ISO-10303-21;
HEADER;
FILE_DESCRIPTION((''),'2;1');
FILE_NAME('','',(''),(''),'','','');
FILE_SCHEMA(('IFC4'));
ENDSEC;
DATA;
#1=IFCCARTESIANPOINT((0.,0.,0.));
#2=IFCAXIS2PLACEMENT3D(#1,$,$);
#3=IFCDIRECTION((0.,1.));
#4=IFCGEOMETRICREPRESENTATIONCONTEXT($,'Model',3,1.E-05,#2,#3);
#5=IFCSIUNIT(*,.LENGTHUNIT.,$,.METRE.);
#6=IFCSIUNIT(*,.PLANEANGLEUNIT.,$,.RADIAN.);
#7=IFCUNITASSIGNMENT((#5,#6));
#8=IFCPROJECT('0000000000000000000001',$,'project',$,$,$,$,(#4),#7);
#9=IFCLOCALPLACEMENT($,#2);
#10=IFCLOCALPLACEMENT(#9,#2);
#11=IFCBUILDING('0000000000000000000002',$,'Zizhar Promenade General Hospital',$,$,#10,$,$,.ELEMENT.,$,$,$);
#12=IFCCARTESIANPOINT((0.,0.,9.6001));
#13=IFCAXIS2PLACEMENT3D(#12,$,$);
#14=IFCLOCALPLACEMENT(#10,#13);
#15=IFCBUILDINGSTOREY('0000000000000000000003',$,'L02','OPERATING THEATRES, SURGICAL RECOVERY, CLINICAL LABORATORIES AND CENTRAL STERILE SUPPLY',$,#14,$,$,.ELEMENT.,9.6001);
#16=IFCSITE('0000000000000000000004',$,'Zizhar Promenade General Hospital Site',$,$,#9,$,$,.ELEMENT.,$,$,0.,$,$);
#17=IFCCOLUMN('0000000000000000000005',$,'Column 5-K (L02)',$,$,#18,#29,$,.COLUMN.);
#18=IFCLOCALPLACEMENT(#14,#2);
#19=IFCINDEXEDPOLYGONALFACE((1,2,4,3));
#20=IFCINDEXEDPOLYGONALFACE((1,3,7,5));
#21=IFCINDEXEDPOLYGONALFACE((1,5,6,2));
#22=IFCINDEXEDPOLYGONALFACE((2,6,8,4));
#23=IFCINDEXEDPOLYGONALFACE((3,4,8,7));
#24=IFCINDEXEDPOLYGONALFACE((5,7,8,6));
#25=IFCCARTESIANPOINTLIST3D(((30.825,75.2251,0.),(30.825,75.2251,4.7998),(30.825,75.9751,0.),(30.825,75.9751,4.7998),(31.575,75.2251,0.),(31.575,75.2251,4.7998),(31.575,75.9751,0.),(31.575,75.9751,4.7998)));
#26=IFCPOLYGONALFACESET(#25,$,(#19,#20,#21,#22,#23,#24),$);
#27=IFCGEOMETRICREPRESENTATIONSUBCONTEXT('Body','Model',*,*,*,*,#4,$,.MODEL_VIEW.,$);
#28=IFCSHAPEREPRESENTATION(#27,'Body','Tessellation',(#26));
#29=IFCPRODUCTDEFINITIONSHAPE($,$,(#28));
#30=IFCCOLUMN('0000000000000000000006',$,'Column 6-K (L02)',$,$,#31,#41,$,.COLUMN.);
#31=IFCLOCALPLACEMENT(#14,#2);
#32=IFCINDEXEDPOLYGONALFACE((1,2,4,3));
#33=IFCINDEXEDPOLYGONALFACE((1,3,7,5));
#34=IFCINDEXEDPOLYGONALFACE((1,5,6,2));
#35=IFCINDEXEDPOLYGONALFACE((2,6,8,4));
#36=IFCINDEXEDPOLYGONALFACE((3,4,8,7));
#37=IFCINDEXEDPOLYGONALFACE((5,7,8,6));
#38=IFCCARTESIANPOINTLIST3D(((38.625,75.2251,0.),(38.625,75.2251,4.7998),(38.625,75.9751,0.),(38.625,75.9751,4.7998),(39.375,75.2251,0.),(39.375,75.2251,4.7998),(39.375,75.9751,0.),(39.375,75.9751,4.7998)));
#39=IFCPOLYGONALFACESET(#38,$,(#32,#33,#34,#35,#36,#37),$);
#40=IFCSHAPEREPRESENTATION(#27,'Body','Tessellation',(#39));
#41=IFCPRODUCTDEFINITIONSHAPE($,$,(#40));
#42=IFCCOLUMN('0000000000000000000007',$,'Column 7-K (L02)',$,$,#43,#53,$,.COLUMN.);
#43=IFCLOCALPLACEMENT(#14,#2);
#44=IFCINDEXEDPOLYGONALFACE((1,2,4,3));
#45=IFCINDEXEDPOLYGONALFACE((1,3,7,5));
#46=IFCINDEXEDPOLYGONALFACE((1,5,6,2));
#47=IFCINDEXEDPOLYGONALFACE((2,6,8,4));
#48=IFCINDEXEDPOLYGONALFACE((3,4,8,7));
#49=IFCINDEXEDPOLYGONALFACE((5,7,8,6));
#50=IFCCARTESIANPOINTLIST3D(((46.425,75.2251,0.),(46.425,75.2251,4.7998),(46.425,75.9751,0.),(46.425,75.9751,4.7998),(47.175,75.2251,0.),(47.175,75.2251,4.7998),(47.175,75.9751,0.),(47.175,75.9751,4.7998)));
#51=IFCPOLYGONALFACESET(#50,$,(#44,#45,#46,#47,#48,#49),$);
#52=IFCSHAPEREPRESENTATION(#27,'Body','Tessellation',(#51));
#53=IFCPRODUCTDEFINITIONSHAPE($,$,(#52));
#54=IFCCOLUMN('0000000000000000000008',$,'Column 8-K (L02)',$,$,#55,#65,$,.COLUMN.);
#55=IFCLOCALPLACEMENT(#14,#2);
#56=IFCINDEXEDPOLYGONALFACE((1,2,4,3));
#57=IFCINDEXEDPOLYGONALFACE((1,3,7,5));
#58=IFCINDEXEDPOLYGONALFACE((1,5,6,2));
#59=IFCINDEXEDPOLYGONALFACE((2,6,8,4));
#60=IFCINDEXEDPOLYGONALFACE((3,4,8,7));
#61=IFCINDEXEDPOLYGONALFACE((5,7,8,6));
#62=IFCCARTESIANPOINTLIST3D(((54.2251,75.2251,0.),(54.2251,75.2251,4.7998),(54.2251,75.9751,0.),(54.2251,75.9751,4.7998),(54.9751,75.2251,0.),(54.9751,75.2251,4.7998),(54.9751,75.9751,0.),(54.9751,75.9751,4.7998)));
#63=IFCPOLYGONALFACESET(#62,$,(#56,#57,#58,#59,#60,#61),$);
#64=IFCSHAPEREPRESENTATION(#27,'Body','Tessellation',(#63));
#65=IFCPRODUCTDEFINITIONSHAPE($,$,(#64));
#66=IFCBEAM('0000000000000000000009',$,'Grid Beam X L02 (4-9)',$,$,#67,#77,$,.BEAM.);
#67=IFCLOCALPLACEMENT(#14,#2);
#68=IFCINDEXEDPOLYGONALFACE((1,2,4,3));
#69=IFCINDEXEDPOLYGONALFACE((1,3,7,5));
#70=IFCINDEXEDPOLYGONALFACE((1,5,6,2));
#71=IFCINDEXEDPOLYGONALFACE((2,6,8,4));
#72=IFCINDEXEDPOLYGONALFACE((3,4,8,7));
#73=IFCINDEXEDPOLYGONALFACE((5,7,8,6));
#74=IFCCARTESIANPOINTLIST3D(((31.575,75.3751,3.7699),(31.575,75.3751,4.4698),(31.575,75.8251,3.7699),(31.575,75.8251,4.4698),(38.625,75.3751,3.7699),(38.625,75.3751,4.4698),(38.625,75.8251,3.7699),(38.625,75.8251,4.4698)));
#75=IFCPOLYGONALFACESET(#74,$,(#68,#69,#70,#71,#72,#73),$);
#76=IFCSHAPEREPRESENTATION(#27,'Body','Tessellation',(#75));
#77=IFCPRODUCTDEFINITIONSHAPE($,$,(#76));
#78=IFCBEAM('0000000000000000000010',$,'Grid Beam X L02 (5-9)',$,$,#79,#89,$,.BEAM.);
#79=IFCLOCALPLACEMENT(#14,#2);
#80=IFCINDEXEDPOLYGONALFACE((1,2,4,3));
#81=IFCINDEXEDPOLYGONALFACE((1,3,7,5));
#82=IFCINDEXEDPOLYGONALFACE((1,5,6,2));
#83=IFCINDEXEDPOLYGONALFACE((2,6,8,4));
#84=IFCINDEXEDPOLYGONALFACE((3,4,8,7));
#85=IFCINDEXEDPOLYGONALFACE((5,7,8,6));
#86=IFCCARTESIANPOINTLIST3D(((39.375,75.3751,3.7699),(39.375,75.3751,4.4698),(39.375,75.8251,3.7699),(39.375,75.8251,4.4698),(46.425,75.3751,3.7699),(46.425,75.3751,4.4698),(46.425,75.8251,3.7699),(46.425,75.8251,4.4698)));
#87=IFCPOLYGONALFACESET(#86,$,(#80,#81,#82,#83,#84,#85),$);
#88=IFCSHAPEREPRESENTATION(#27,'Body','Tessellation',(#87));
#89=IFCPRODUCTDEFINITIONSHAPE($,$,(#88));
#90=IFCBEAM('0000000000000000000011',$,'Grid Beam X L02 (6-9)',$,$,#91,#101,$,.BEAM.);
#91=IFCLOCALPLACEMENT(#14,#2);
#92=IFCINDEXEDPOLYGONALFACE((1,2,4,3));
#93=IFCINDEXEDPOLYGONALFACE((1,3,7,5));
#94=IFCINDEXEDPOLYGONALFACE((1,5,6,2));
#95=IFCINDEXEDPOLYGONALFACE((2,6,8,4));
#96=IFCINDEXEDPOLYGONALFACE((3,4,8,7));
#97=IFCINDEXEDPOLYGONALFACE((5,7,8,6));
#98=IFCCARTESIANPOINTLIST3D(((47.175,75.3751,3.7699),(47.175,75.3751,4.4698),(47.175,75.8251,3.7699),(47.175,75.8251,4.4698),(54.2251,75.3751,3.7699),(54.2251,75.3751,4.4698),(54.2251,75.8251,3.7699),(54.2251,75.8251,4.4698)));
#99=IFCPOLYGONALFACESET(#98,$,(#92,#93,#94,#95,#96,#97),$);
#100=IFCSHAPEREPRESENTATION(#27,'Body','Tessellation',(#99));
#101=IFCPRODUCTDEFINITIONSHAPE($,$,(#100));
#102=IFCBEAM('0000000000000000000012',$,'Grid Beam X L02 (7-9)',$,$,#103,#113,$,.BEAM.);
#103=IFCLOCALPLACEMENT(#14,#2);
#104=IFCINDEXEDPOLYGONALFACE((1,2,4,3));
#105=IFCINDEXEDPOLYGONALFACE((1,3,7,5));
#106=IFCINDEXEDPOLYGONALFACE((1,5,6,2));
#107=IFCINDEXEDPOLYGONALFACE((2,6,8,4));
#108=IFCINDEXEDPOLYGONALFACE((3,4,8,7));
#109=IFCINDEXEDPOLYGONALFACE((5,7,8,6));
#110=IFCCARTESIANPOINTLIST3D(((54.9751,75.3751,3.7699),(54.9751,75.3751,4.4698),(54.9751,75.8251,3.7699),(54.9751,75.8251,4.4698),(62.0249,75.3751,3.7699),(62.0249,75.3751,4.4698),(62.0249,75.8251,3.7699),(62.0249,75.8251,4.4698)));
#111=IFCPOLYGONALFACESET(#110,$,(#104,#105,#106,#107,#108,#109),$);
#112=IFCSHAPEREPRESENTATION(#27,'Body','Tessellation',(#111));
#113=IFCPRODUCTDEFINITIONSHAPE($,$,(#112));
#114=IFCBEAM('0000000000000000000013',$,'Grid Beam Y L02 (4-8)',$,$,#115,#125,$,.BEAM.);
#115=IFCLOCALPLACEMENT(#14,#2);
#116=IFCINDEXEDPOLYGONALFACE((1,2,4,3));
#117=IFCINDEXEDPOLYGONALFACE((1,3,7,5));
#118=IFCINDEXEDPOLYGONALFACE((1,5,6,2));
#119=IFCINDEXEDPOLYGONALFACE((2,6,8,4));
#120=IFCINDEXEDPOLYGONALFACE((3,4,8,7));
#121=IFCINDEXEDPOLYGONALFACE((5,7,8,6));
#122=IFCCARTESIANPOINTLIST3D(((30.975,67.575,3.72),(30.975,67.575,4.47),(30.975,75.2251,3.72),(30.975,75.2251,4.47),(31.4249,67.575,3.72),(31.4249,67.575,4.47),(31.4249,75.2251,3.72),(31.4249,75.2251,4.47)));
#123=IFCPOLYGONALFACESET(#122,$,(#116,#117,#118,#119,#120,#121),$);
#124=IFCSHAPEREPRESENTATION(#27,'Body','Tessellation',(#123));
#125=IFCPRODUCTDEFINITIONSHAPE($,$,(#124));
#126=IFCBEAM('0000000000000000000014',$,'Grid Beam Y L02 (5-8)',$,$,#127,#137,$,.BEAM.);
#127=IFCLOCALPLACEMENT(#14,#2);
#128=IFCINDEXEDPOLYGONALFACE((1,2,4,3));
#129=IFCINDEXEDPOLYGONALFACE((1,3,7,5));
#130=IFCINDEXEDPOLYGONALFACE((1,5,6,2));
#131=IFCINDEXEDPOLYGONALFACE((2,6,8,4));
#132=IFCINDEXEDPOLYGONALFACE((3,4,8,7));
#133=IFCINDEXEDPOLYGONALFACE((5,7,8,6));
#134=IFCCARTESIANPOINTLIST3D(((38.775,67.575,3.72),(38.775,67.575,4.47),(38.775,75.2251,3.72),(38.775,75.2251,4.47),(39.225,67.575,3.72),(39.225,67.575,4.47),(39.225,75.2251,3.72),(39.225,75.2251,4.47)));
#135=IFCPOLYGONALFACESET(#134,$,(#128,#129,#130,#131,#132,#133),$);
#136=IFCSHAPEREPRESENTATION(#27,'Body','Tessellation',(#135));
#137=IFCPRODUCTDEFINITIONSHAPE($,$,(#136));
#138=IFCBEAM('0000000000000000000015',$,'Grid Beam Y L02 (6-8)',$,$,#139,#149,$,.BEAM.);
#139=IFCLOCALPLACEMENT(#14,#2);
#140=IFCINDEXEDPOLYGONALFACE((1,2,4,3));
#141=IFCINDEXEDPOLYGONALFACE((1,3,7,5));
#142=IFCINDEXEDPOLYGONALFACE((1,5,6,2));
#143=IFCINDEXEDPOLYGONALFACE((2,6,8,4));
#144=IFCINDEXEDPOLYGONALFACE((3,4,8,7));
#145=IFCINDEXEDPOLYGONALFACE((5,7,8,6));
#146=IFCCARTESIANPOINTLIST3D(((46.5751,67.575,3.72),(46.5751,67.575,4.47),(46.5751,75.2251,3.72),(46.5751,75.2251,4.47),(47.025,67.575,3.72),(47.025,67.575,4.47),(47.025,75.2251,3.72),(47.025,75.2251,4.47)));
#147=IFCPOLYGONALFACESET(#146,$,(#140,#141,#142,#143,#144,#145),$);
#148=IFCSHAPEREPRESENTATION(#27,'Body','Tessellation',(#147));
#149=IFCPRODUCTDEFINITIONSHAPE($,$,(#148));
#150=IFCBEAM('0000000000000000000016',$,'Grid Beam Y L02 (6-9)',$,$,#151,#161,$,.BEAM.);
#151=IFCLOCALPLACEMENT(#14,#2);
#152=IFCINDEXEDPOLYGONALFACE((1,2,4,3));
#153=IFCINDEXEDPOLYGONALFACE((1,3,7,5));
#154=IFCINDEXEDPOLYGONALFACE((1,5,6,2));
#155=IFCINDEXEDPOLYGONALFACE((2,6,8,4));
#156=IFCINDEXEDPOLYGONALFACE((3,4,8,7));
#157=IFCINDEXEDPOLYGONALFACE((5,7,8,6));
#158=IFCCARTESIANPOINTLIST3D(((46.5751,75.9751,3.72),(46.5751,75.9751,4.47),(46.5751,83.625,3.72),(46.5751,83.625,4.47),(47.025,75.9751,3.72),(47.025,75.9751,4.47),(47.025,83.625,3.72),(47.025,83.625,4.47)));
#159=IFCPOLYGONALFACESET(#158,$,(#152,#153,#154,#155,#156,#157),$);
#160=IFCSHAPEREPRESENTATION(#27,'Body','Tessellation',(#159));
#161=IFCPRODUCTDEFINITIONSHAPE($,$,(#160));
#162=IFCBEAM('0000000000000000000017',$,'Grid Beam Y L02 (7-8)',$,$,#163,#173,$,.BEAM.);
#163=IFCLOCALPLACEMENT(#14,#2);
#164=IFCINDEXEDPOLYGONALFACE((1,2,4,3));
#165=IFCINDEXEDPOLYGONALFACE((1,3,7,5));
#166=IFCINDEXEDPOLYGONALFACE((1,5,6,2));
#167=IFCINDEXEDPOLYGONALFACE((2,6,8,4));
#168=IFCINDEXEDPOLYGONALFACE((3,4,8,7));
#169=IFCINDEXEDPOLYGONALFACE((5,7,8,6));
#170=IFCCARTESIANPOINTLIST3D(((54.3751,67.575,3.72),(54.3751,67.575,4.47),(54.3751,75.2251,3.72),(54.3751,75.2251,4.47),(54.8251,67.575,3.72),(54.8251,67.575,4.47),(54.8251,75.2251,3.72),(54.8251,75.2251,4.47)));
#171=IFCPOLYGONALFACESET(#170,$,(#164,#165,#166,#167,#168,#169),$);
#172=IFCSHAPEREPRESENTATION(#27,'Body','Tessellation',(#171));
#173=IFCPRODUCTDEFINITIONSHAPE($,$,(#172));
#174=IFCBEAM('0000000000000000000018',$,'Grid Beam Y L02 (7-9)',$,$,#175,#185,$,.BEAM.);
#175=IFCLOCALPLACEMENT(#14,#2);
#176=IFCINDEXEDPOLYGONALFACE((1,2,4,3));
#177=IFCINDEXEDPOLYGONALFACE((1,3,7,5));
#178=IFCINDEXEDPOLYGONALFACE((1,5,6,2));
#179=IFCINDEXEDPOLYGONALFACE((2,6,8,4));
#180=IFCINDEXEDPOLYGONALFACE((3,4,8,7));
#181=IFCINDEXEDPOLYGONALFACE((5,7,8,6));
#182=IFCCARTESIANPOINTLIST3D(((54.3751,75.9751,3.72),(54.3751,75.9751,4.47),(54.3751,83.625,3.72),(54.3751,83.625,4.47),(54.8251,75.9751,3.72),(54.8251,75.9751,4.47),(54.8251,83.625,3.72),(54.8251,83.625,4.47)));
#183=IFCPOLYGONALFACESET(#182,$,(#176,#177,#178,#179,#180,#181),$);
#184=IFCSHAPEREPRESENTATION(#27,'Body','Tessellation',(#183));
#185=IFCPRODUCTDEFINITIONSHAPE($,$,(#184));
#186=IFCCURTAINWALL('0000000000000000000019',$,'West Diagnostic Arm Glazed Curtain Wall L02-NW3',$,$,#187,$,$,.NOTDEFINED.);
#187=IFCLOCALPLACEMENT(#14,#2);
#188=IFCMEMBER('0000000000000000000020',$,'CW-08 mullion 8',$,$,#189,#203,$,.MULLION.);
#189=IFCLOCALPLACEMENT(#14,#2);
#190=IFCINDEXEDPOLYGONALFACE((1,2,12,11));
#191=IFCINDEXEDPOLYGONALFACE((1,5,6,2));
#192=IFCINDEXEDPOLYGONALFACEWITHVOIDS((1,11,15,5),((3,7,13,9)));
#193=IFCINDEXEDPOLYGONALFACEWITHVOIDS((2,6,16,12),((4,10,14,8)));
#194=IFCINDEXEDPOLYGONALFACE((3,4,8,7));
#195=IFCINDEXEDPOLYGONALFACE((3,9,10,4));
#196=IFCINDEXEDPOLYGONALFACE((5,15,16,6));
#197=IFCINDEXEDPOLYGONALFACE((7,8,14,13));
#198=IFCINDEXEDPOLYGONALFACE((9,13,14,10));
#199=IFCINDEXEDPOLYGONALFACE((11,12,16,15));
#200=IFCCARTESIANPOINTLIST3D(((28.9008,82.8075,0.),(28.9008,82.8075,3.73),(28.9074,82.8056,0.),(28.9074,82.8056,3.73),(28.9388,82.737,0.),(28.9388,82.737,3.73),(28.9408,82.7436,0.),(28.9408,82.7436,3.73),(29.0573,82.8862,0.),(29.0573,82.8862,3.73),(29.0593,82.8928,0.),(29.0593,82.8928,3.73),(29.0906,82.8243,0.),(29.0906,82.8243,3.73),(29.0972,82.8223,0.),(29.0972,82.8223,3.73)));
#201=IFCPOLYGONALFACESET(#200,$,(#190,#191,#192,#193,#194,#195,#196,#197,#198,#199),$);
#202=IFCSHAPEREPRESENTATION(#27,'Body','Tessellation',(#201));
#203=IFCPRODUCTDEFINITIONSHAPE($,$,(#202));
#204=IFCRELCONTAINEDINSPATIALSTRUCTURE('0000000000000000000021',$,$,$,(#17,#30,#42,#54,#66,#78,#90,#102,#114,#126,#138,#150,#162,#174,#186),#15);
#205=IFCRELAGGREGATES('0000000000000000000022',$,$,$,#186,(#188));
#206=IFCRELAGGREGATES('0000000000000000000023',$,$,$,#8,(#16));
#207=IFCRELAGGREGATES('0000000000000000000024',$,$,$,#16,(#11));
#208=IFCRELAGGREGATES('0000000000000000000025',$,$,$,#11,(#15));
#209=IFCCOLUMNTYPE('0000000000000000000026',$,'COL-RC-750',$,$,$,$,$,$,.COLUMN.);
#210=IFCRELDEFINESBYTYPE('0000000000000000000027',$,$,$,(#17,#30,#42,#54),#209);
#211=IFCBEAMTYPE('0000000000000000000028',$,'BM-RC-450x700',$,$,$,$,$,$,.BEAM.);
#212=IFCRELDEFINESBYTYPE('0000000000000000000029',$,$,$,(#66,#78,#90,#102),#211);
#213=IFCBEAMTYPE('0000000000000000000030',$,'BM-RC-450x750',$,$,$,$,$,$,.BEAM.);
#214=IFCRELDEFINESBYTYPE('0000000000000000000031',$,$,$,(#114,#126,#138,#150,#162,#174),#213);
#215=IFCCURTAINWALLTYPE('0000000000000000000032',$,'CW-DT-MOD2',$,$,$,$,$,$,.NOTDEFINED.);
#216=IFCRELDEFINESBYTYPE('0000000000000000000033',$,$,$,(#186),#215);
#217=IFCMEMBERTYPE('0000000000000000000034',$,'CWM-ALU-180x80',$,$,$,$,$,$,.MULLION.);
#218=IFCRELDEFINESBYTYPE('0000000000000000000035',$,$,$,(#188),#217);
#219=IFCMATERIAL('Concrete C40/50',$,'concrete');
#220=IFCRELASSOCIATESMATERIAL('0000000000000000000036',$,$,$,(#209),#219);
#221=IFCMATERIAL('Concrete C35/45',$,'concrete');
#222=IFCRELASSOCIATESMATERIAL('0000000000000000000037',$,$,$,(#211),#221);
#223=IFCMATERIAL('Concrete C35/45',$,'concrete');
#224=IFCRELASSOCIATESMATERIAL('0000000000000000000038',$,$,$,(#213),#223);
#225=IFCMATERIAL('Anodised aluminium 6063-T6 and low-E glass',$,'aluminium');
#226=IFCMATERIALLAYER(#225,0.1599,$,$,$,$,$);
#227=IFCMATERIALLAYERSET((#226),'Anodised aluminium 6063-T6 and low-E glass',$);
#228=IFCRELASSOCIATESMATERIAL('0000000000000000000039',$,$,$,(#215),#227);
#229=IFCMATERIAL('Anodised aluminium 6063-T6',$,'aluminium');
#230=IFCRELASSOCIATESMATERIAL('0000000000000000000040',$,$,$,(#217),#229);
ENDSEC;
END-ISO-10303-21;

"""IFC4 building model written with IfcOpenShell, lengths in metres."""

from ifc_helpers import new_model, si_unit, direction, frame, origin, origin_2d, place, context, subcontext, project, spatial, rectangle, hollow_rectangle, extrude, material, layer, layer_set, material_profile, profile_set, type_object, element, aggregate, save


model = new_model("IFC4")

# Units and contexts
model_context = context("Model", 3, precision=1e-05, world=origin(), true_north=direction((0.0, 1.0)))
body_context = subcontext(model_context, "Body", "Model", "MODEL_VIEW")
ifc_project = project(units=[si_unit("LENGTHUNIT", "METRE"), si_unit("PLANEANGLEUNIT", "RADIAN")], contexts=[model_context])

# Site, building, storey
site_placement = place(None, origin())
site = spatial("IfcSite", under=ifc_project, at=site_placement, Name="Zizhar Promenade General Hospital Site", CompositionType="ELEMENT", RefElevation=0.0)
building_placement = place(site_placement, origin())
building = spatial("IfcBuilding", under=site, at=building_placement, Name="Zizhar Promenade General Hospital", CompositionType="ELEMENT")
storey_placement = place(building_placement, frame((0.0, 0.0, 9.6001)))
storey = spatial("IfcBuildingStorey", under=building, at=storey_placement, Name="L02", Description="OPERATING THEATRES, SURGICAL RECOVERY, CLINICAL LABORATORIES AND CENTRAL STERILE SUPPLY", CompositionType="ELEMENT", Elevation=9.6001)

# Columns
ifc_material_1 = material(Name="Concrete C40/50", Category="concrete")
ifc_material_profile_1 = material_profile(ifc_material_1, rectangle(XDim=0.75, YDim=0.75, at=origin_2d()))
ifc_profile_set_1 = profile_set([ifc_material_profile_1], Name="Concrete C40/50")
column_type = type_object("IfcColumnType", Name="COL-RC-750", PredefinedType="COLUMN", material=ifc_profile_set_1)
for number, where, z_axis, x_axis, name in (
    (1, (31.2, 75.6001, 0.0), (0.0, 0.0, 1.0), (1.0, 0.0, 0.0), "Column 5-K (L02)"),
    (2, (39.0, 75.6001, 0.0), (0.0, 0.0, 1.0), (1.0, 0.0, 0.0), "Column 6-K (L02)"),
    (3, (46.8, 75.6001, 0.0), (0.0, 0.0, 1.0), (1.0, 0.0, 0.0), "Column 7-K (L02)"),
    (4, (54.6001, 75.6001, 0.0), (0.0, 0.0, 1.0), (1.0, 0.0, 0.0), "Column 8-K (L02)"),
):
    element("IfcColumn", number, at=place(storey_placement, frame(where, z_axis=z_axis, x_axis=x_axis)), inside=storey, type_object=column_type, Name=name, PredefinedType="COLUMN", context=body_context, shape_type="SweptSolid", body=[
        extrude(rectangle(XDim=0.75, YDim=0.75, at=origin_2d()), origin(), (0.0, 0.0, 1.0), 4.7998),
    ])

# Beams
ifc_material_2 = material(Name="Concrete C35/45", Category="concrete")
ifc_material_profile_2 = material_profile(ifc_material_2, rectangle(XDim=0.45, YDim=0.7, at=origin_2d()))
ifc_profile_set_2 = profile_set([ifc_material_profile_2], Name="Concrete C35/45")
beam_type_1 = type_object("IfcBeamType", Name="BM-RC-450x700", PredefinedType="BEAM", material=ifc_profile_set_2)
for number, where, z_axis, x_axis, name in (
    (5, (31.575, 75.6001, 4.1199), (1.0, 0.0, 0.0), (0.0, 1.0, 0.0), "Grid Beam X L02 (4-9)"),
    (6, (39.375, 75.6001, 4.1199), (1.0, 0.0, 0.0), (0.0, 1.0, 0.0), "Grid Beam X L02 (5-9)"),
    (7, (47.175, 75.6001, 4.1199), (1.0, 0.0, 0.0), (0.0, 1.0, 0.0), "Grid Beam X L02 (6-9)"),
):
    element("IfcBeam", number, at=place(storey_placement, frame(where, z_axis=z_axis, x_axis=x_axis)), inside=storey, type_object=beam_type_1, Name=name, PredefinedType="BEAM", context=body_context, shape_type="SweptSolid", body=[
        extrude(rectangle(XDim=0.45, YDim=0.7, at=origin_2d()), origin(), (0.0, 0.0, 1.0), 7.05),
    ])
beam_1_placement = place(storey_placement, frame((54.9751, 75.6001, 4.1199), z_axis=(1.0, 0.0, 0.0), x_axis=(0.0, 1.0, 0.0)))
element("IfcBeam", 8, at=beam_1_placement, inside=storey, type_object=beam_type_1, Name="Grid Beam X L02 (7-9)", PredefinedType="BEAM", context=body_context, shape_type="SweptSolid", body=[
    extrude(rectangle(XDim=0.45, YDim=0.7, at=origin_2d()), origin(), (0.0, 0.0, 1.0), 7.0498),
])
ifc_material_3 = material(Name="Concrete C35/45", Category="concrete")
ifc_material_profile_3 = material_profile(ifc_material_3, rectangle(XDim=0.45, YDim=0.75, at=origin_2d()))
ifc_profile_set_3 = profile_set([ifc_material_profile_3], Name="Concrete C35/45")
beam_type_2 = type_object("IfcBeamType", Name="BM-RC-450x750", PredefinedType="BEAM", material=ifc_profile_set_3)
for number, where, z_axis, x_axis, name in (
    (9, (31.2, 67.575, 4.095), (0.0, 1.0, 0.0), (-1.0, 0.0, 0.0), "Grid Beam Y L02 (4-8)"),
    (10, (39.0, 67.575, 4.095), (0.0, 1.0, 0.0), (-1.0, 0.0, 0.0), "Grid Beam Y L02 (5-8)"),
    (11, (46.8, 67.575, 4.095), (0.0, 1.0, 0.0), (-1.0, 0.0, 0.0), "Grid Beam Y L02 (6-8)"),
):
    element("IfcBeam", number, at=place(storey_placement, frame(where, z_axis=z_axis, x_axis=x_axis)), inside=storey, type_object=beam_type_2, Name=name, PredefinedType="BEAM", context=body_context, shape_type="SweptSolid", body=[
        extrude(rectangle(XDim=0.45, YDim=0.75, at=origin_2d()), origin(), (0.0, 0.0, 1.0), 7.6501),
    ])
beam_2_placement = place(storey_placement, frame((46.8, 75.9751, 4.095), z_axis=(0.0, 1.0, 0.0), x_axis=(-1.0, 0.0, 0.0)))
element("IfcBeam", 12, at=beam_2_placement, inside=storey, type_object=beam_type_2, Name="Grid Beam Y L02 (6-9)", PredefinedType="BEAM", context=body_context, shape_type="SweptSolid", body=[
    extrude(rectangle(XDim=0.45, YDim=0.75, at=origin_2d()), origin(), (0.0, 0.0, 1.0), 7.6499),
])
beam_3_placement = place(storey_placement, frame((54.6001, 67.575, 4.095), z_axis=(0.0, 1.0, 0.0), x_axis=(-1.0, 0.0, 0.0)))
element("IfcBeam", 13, at=beam_3_placement, inside=storey, type_object=beam_type_2, Name="Grid Beam Y L02 (7-8)", PredefinedType="BEAM", context=body_context, shape_type="SweptSolid", body=[
    extrude(rectangle(XDim=0.45, YDim=0.75, at=origin_2d()), origin(), (0.0, 0.0, 1.0), 7.6501),
])
beam_4_placement = place(storey_placement, frame((54.6001, 75.9751, 4.095), z_axis=(0.0, 1.0, 0.0), x_axis=(-1.0, 0.0, 0.0)))
element("IfcBeam", 14, at=beam_4_placement, inside=storey, type_object=beam_type_2, Name="Grid Beam Y L02 (7-9)", PredefinedType="BEAM", context=body_context, shape_type="SweptSolid", body=[
    extrude(rectangle(XDim=0.45, YDim=0.75, at=origin_2d()), origin(), (0.0, 0.0, 1.0), 7.6499),
])

# Curtain wall, member
ifc_material_4 = material(Name="Anodised aluminium 6063-T6 and low-E glass", Category="aluminium")
ifc_layer_1 = layer(ifc_material_4, 0.1599)
ifc_layer_set_1 = layer_set([ifc_layer_1], Name="Anodised aluminium 6063-T6 and low-E glass")
curtain_wall_type = type_object("IfcCurtainWallType", Name="CW-DT-MOD2", PredefinedType="NOTDEFINED", material=ifc_layer_set_1)
curtain_wall_1_placement = place(storey_placement, origin())
curtain_wall_1 = element("IfcCurtainWall", 15, at=curtain_wall_1_placement, inside=storey, type_object=curtain_wall_type, Name="West Diagnostic Arm Glazed Curtain Wall L02-NW3", PredefinedType="NOTDEFINED")
ifc_material_5 = material(Name="Anodised aluminium 6063-T6", Category="aluminium")
ifc_material_profile_4 = material_profile(ifc_material_5, hollow_rectangle(XDim=0.0801, YDim=0.1799, WallThickness=0.0049, at=origin_2d()))
ifc_profile_set_4 = profile_set([ifc_material_profile_4], Name="Anodised aluminium 6063-T6")
member_type_1 = type_object("IfcMemberType", Name="CWM-ALU-180x80", PredefinedType="MULLION", material=ifc_profile_set_4)
member_1_placement = place(storey_placement, frame((28.999, 82.8149, 0.0), z_axis=(0.0, 0.0, 1.0), x_axis=(-0.474097, 0.880473, 0.0)))
member_1 = element("IfcMember", 16, at=member_1_placement, type_object=member_type_1, Name="CW-08 mullion 8", PredefinedType="MULLION", context=body_context, shape_type="SweptSolid", body=[
    extrude(hollow_rectangle(XDim=0.0801, YDim=0.1799, WallThickness=0.0049, at=origin_2d()), origin(), (0.0, 0.0, 1.0), 3.73),
])

aggregate(curtain_wall_1, [member_1])

save(model, "model.ifc")
